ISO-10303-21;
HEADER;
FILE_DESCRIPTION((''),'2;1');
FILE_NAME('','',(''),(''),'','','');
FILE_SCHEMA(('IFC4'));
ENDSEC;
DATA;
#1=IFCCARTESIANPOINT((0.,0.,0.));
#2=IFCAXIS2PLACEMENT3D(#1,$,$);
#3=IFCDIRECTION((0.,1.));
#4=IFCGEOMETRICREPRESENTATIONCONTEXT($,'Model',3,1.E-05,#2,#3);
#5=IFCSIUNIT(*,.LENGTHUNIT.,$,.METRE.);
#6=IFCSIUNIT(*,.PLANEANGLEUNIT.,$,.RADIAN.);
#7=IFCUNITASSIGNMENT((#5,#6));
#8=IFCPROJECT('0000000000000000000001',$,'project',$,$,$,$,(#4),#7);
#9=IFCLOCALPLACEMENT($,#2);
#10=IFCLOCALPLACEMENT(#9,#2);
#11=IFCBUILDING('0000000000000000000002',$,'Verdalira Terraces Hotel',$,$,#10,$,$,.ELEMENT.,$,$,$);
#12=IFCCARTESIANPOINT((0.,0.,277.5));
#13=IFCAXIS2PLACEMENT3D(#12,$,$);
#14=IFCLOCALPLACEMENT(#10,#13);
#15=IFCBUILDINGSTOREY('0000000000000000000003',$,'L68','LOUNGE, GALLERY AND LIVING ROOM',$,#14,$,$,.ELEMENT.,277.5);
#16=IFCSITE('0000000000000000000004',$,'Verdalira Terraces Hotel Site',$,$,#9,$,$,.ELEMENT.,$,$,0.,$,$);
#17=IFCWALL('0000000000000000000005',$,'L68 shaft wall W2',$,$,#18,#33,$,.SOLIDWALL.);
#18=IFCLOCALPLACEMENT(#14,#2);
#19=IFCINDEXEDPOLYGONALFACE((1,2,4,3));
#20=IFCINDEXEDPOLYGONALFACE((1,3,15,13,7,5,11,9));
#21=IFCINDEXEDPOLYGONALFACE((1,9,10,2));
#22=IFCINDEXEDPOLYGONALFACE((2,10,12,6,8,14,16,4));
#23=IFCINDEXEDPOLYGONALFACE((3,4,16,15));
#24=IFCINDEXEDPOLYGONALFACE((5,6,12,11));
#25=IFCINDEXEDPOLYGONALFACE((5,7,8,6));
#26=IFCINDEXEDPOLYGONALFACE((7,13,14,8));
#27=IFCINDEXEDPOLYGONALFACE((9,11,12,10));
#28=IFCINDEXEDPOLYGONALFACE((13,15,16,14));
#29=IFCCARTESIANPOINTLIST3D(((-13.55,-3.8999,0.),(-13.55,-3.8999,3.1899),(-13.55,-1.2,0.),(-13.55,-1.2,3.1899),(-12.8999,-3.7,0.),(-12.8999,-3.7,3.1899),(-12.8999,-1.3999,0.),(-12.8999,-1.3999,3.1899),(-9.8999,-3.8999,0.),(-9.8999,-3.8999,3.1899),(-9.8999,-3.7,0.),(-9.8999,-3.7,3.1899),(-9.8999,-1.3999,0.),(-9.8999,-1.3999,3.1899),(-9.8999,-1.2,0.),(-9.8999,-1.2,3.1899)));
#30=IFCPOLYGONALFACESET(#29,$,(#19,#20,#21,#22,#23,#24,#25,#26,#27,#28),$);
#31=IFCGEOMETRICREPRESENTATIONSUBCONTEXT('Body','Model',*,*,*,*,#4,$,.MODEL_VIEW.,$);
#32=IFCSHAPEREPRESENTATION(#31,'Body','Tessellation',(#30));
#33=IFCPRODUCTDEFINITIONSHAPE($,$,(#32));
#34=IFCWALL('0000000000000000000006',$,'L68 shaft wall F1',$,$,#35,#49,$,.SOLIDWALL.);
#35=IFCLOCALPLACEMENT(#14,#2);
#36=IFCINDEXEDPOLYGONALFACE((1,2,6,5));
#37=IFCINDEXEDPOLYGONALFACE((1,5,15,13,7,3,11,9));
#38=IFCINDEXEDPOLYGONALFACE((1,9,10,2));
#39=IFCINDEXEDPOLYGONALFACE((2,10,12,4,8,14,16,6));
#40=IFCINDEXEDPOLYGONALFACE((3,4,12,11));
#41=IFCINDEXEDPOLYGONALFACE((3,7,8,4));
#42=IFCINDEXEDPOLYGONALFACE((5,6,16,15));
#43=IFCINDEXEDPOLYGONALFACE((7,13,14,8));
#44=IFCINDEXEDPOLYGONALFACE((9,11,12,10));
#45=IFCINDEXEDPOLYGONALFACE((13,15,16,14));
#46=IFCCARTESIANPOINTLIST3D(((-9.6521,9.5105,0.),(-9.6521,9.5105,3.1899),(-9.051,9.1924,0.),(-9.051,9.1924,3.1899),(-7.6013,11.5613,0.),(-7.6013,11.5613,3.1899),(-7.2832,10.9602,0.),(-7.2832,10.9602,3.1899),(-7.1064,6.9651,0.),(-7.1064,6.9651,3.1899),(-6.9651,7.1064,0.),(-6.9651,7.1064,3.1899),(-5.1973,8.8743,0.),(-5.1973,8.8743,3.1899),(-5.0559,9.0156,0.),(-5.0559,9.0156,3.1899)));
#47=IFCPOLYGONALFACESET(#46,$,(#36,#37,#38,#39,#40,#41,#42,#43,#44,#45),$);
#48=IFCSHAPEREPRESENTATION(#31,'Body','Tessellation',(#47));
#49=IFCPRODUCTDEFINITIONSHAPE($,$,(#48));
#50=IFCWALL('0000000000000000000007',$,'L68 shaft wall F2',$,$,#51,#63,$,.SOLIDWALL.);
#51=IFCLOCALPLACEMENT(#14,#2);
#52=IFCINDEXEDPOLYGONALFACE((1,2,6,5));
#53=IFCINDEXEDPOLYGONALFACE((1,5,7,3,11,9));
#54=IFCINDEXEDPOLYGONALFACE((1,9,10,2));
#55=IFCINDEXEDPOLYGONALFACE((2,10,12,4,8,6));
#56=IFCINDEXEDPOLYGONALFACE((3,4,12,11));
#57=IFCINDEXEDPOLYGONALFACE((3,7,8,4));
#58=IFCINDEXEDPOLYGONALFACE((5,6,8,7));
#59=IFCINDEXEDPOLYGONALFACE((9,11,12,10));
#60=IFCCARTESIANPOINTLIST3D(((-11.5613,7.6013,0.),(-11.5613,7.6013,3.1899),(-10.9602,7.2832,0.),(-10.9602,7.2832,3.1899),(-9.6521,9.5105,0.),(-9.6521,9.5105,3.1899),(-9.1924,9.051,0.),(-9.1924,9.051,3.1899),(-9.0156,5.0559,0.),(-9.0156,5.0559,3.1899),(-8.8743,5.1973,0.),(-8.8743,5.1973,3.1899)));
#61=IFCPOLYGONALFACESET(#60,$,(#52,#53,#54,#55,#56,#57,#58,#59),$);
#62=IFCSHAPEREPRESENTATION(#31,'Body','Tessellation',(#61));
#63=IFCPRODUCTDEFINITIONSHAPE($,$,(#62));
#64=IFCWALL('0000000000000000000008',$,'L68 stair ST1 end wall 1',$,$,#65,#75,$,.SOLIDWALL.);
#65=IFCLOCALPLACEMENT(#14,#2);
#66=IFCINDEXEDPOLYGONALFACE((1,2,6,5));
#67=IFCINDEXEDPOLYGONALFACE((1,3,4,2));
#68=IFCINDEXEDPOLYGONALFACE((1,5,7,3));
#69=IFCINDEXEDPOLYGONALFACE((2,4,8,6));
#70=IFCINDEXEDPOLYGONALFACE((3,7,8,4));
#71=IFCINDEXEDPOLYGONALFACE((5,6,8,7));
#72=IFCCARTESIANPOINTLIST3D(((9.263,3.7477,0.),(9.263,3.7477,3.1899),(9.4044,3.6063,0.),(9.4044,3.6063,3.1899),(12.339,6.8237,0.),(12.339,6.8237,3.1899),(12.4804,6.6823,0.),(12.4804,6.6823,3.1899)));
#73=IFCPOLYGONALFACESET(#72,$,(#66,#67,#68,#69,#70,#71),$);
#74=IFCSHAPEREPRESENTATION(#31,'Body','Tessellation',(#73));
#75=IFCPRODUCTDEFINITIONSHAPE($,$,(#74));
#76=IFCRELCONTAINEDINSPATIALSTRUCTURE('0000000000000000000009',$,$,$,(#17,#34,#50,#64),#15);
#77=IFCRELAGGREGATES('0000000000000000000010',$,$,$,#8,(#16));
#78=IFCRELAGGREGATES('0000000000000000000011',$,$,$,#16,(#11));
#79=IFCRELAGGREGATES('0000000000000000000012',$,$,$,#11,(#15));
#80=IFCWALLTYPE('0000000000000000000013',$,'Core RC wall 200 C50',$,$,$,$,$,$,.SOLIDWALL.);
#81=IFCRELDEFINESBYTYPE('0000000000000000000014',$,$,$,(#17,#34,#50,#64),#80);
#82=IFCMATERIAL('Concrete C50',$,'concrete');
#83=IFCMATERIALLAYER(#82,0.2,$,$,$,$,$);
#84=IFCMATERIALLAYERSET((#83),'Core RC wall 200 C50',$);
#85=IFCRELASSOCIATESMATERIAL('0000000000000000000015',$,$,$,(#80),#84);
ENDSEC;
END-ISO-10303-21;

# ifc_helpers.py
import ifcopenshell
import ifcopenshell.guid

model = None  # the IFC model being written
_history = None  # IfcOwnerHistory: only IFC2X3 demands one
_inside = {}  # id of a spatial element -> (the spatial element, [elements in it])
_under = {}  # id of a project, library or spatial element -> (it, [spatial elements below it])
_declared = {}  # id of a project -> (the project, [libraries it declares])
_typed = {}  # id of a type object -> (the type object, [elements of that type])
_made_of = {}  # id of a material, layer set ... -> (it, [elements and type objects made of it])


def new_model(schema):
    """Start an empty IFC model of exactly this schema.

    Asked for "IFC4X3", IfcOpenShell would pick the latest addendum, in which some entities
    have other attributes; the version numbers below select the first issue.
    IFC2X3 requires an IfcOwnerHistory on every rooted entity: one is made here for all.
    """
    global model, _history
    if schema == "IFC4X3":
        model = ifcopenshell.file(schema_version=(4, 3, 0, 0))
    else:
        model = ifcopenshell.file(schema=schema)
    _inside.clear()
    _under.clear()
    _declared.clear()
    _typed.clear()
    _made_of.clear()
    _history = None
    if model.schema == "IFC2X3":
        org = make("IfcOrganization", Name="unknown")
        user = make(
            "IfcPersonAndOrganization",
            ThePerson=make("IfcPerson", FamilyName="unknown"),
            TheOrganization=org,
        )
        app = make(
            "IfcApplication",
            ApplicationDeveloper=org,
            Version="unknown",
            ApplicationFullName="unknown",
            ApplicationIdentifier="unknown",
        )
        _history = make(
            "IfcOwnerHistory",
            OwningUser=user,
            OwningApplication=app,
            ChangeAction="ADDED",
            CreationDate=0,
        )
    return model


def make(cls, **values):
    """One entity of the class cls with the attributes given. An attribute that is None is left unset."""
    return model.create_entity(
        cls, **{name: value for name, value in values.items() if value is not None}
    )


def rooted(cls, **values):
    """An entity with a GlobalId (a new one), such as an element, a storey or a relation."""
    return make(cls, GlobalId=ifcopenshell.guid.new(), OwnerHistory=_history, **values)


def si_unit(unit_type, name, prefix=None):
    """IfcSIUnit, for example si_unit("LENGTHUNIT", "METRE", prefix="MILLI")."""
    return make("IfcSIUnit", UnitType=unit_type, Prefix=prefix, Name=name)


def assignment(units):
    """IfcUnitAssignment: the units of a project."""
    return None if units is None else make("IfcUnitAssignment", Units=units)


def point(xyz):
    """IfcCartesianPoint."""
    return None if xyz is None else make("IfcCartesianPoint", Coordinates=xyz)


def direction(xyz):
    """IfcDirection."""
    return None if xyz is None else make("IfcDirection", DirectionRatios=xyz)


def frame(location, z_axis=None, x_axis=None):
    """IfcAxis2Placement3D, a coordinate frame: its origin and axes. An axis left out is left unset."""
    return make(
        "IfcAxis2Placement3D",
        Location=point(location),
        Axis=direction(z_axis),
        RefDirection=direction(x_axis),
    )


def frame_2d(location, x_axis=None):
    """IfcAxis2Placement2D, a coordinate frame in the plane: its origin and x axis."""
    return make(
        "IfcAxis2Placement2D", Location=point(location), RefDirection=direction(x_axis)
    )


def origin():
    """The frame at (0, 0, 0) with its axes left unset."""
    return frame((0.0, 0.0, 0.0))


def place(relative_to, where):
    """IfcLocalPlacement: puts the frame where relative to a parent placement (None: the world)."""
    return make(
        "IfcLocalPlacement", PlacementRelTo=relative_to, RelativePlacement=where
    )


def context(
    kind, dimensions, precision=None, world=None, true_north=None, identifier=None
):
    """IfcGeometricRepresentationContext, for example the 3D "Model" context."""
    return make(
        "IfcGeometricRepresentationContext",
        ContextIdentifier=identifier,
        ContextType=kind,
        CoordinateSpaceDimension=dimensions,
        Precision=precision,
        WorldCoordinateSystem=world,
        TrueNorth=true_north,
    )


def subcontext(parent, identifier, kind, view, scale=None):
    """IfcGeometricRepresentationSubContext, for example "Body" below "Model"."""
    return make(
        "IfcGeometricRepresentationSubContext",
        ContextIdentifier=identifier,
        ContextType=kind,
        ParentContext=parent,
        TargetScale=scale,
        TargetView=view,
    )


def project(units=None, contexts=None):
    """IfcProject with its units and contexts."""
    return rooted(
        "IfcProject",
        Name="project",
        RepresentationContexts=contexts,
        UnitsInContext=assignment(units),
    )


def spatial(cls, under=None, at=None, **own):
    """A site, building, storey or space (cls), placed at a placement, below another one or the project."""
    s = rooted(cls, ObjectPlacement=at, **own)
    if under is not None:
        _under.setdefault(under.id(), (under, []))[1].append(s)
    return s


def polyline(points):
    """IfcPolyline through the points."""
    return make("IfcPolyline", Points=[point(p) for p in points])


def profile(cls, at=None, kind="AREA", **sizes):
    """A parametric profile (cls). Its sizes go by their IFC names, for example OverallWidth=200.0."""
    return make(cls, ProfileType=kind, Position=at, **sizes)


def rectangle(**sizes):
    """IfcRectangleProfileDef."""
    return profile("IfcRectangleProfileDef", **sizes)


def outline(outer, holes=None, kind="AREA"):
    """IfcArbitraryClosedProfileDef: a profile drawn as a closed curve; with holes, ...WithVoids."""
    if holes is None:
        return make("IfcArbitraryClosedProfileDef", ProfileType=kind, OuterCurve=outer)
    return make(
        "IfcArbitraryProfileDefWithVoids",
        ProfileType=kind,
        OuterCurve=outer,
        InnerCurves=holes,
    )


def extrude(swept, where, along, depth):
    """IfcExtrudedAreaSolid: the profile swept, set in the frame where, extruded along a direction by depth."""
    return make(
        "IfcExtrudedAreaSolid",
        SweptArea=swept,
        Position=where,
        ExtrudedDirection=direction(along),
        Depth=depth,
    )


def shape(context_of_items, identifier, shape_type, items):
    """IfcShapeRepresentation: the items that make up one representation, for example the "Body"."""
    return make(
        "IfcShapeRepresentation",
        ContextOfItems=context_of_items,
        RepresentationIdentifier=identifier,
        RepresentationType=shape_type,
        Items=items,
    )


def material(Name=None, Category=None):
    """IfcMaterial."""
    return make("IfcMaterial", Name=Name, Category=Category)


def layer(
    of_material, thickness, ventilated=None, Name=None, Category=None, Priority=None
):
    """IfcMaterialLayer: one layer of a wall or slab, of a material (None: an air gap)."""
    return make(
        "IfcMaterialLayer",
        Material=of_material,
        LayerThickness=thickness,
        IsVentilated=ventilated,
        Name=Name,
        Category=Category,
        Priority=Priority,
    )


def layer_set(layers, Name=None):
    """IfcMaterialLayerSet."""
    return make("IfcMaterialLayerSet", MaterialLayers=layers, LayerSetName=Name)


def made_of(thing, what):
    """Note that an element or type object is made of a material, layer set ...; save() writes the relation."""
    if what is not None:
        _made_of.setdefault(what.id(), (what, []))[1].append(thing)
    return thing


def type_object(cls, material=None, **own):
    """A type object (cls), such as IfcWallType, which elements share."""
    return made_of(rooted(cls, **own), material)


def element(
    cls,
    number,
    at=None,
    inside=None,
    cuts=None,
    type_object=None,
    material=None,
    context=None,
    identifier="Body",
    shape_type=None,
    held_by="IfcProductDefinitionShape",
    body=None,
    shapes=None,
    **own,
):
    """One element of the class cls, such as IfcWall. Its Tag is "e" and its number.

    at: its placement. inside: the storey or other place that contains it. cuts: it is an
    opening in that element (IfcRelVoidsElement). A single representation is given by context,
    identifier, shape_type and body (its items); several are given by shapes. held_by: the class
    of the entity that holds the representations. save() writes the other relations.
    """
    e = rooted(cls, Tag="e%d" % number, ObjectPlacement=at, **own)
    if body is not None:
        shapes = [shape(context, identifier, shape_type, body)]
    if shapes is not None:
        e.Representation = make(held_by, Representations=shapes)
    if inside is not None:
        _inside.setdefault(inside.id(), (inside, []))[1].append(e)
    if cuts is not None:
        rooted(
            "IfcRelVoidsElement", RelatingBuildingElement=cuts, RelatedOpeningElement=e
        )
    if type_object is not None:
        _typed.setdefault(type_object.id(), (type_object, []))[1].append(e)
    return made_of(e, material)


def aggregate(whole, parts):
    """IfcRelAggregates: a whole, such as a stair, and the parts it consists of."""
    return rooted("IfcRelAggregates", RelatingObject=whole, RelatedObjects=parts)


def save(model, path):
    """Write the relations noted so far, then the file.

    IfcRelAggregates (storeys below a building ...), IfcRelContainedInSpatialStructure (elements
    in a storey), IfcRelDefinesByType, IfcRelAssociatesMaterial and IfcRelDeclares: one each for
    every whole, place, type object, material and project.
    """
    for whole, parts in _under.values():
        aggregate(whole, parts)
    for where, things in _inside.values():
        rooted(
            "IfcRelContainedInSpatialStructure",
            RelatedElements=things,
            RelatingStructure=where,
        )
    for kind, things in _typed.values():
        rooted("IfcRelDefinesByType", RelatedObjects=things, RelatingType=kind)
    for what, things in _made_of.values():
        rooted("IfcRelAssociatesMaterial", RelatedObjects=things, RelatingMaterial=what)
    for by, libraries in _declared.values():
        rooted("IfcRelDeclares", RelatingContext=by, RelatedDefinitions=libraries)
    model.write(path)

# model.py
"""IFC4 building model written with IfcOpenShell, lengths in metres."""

from ifc_helpers import new_model, si_unit, direction, frame, frame_2d, origin, place, context, subcontext, project, spatial, polyline, rectangle, outline, extrude, material, layer, layer_set, type_object, element, save


model = new_model("IFC4")

# Units and contexts
model_context = context("Model", 3, precision=1e-05, world=origin(), true_north=direction((0.0, 1.0)))
body_context = subcontext(model_context, "Body", "Model", "MODEL_VIEW")
ifc_project = project(units=[si_unit("LENGTHUNIT", "METRE"), si_unit("PLANEANGLEUNIT", "RADIAN")], contexts=[model_context])

# Site, building, storey
site_placement = place(None, origin())
site = spatial("IfcSite", under=ifc_project, at=site_placement, Name="Verdalira Terraces Hotel Site", CompositionType="ELEMENT", RefElevation=0.0)
building_placement = place(site_placement, origin())
building = spatial("IfcBuilding", under=site, at=building_placement, Name="Verdalira Terraces Hotel", CompositionType="ELEMENT")
storey_placement = place(building_placement, frame((0.0, 0.0, 277.5)))
storey = spatial("IfcBuildingStorey", under=building, at=storey_placement, Name="L68", Description="LOUNGE, GALLERY AND LIVING ROOM", CompositionType="ELEMENT", Elevation=277.5)

# Shared definitions
ifc_material_1 = material(Name="Concrete C50", Category="concrete")
ifc_layer_1 = layer(ifc_material_1, 0.2)
ifc_layer_set_1 = layer_set([ifc_layer_1], Name="Core RC wall 200 C50")
wall_type_1 = type_object("IfcWallType", Name="Core RC wall 200 C50", PredefinedType="SOLIDWALL", material=ifc_layer_set_1)

# Walls
wall_1_placement = place(storey_placement, origin())
element("IfcWall", 1, at=wall_1_placement, inside=storey, type_object=wall_type_1, Name="L68 shaft wall W2", PredefinedType="SOLIDWALL", context=body_context, shape_type="SweptSolid", body=[
    extrude(outline(polyline([(-13.55, -3.8999), (-13.55, -1.2), (-9.8999, -1.2), (-9.8999, -1.3999), (-12.8999, -1.3999), (-12.8999, -3.7), (-9.8999, -3.7), (-9.8999, -3.8999), (-13.55, -3.8999)])), origin(), (0.0, 0.0, 1.0), 3.1899),
])
wall_2_placement = place(storey_placement, origin())
element("IfcWall", 2, at=wall_2_placement, inside=storey, type_object=wall_type_1, Name="L68 shaft wall F1", PredefinedType="SOLIDWALL", context=body_context, shape_type="SweptSolid", body=[
    extrude(outline(polyline([(-9.6521, 9.5105), (-7.6013, 11.5613), (-5.0559, 9.0156), (-5.1973, 8.8743), (-7.2832, 10.9602), (-9.051, 9.1924), (-6.9651, 7.1064), (-7.1064, 6.9651), (-9.6521, 9.5105)])), origin(), (0.0, 0.0, 1.0), 3.1899),
])
wall_3_placement = place(storey_placement, origin())
element("IfcWall", 3, at=wall_3_placement, inside=storey, type_object=wall_type_1, Name="L68 shaft wall F2", PredefinedType="SOLIDWALL", context=body_context, shape_type="SweptSolid", body=[
    extrude(outline(polyline([(-11.5613, 7.6013), (-9.6521, 9.5105), (-9.1924, 9.051), (-10.9602, 7.2832), (-8.8743, 5.1973), (-9.0156, 5.0559), (-11.5613, 7.6013)])), origin(), (0.0, 0.0, 1.0), 3.1899),
])
wall_4_placement = place(storey_placement, frame((9.3337, 3.677, 0.0), z_axis=(0.0, 0.0, 1.0), x_axis=(0.707107, 0.707107, 0.0)))
element("IfcWall", 4, at=wall_4_placement, inside=storey, type_object=wall_type_1, Name="L68 stair ST1 end wall 1", PredefinedType="SOLIDWALL", context=body_context, shape_type="SweptSolid", body=[
    extrude(rectangle(XDim=4.3501, YDim=0.2, at=frame_2d((2.175, 0.0))), origin(), (0.0, 0.0, 1.0), 3.1899),
])

save(model, "model.ifc")
